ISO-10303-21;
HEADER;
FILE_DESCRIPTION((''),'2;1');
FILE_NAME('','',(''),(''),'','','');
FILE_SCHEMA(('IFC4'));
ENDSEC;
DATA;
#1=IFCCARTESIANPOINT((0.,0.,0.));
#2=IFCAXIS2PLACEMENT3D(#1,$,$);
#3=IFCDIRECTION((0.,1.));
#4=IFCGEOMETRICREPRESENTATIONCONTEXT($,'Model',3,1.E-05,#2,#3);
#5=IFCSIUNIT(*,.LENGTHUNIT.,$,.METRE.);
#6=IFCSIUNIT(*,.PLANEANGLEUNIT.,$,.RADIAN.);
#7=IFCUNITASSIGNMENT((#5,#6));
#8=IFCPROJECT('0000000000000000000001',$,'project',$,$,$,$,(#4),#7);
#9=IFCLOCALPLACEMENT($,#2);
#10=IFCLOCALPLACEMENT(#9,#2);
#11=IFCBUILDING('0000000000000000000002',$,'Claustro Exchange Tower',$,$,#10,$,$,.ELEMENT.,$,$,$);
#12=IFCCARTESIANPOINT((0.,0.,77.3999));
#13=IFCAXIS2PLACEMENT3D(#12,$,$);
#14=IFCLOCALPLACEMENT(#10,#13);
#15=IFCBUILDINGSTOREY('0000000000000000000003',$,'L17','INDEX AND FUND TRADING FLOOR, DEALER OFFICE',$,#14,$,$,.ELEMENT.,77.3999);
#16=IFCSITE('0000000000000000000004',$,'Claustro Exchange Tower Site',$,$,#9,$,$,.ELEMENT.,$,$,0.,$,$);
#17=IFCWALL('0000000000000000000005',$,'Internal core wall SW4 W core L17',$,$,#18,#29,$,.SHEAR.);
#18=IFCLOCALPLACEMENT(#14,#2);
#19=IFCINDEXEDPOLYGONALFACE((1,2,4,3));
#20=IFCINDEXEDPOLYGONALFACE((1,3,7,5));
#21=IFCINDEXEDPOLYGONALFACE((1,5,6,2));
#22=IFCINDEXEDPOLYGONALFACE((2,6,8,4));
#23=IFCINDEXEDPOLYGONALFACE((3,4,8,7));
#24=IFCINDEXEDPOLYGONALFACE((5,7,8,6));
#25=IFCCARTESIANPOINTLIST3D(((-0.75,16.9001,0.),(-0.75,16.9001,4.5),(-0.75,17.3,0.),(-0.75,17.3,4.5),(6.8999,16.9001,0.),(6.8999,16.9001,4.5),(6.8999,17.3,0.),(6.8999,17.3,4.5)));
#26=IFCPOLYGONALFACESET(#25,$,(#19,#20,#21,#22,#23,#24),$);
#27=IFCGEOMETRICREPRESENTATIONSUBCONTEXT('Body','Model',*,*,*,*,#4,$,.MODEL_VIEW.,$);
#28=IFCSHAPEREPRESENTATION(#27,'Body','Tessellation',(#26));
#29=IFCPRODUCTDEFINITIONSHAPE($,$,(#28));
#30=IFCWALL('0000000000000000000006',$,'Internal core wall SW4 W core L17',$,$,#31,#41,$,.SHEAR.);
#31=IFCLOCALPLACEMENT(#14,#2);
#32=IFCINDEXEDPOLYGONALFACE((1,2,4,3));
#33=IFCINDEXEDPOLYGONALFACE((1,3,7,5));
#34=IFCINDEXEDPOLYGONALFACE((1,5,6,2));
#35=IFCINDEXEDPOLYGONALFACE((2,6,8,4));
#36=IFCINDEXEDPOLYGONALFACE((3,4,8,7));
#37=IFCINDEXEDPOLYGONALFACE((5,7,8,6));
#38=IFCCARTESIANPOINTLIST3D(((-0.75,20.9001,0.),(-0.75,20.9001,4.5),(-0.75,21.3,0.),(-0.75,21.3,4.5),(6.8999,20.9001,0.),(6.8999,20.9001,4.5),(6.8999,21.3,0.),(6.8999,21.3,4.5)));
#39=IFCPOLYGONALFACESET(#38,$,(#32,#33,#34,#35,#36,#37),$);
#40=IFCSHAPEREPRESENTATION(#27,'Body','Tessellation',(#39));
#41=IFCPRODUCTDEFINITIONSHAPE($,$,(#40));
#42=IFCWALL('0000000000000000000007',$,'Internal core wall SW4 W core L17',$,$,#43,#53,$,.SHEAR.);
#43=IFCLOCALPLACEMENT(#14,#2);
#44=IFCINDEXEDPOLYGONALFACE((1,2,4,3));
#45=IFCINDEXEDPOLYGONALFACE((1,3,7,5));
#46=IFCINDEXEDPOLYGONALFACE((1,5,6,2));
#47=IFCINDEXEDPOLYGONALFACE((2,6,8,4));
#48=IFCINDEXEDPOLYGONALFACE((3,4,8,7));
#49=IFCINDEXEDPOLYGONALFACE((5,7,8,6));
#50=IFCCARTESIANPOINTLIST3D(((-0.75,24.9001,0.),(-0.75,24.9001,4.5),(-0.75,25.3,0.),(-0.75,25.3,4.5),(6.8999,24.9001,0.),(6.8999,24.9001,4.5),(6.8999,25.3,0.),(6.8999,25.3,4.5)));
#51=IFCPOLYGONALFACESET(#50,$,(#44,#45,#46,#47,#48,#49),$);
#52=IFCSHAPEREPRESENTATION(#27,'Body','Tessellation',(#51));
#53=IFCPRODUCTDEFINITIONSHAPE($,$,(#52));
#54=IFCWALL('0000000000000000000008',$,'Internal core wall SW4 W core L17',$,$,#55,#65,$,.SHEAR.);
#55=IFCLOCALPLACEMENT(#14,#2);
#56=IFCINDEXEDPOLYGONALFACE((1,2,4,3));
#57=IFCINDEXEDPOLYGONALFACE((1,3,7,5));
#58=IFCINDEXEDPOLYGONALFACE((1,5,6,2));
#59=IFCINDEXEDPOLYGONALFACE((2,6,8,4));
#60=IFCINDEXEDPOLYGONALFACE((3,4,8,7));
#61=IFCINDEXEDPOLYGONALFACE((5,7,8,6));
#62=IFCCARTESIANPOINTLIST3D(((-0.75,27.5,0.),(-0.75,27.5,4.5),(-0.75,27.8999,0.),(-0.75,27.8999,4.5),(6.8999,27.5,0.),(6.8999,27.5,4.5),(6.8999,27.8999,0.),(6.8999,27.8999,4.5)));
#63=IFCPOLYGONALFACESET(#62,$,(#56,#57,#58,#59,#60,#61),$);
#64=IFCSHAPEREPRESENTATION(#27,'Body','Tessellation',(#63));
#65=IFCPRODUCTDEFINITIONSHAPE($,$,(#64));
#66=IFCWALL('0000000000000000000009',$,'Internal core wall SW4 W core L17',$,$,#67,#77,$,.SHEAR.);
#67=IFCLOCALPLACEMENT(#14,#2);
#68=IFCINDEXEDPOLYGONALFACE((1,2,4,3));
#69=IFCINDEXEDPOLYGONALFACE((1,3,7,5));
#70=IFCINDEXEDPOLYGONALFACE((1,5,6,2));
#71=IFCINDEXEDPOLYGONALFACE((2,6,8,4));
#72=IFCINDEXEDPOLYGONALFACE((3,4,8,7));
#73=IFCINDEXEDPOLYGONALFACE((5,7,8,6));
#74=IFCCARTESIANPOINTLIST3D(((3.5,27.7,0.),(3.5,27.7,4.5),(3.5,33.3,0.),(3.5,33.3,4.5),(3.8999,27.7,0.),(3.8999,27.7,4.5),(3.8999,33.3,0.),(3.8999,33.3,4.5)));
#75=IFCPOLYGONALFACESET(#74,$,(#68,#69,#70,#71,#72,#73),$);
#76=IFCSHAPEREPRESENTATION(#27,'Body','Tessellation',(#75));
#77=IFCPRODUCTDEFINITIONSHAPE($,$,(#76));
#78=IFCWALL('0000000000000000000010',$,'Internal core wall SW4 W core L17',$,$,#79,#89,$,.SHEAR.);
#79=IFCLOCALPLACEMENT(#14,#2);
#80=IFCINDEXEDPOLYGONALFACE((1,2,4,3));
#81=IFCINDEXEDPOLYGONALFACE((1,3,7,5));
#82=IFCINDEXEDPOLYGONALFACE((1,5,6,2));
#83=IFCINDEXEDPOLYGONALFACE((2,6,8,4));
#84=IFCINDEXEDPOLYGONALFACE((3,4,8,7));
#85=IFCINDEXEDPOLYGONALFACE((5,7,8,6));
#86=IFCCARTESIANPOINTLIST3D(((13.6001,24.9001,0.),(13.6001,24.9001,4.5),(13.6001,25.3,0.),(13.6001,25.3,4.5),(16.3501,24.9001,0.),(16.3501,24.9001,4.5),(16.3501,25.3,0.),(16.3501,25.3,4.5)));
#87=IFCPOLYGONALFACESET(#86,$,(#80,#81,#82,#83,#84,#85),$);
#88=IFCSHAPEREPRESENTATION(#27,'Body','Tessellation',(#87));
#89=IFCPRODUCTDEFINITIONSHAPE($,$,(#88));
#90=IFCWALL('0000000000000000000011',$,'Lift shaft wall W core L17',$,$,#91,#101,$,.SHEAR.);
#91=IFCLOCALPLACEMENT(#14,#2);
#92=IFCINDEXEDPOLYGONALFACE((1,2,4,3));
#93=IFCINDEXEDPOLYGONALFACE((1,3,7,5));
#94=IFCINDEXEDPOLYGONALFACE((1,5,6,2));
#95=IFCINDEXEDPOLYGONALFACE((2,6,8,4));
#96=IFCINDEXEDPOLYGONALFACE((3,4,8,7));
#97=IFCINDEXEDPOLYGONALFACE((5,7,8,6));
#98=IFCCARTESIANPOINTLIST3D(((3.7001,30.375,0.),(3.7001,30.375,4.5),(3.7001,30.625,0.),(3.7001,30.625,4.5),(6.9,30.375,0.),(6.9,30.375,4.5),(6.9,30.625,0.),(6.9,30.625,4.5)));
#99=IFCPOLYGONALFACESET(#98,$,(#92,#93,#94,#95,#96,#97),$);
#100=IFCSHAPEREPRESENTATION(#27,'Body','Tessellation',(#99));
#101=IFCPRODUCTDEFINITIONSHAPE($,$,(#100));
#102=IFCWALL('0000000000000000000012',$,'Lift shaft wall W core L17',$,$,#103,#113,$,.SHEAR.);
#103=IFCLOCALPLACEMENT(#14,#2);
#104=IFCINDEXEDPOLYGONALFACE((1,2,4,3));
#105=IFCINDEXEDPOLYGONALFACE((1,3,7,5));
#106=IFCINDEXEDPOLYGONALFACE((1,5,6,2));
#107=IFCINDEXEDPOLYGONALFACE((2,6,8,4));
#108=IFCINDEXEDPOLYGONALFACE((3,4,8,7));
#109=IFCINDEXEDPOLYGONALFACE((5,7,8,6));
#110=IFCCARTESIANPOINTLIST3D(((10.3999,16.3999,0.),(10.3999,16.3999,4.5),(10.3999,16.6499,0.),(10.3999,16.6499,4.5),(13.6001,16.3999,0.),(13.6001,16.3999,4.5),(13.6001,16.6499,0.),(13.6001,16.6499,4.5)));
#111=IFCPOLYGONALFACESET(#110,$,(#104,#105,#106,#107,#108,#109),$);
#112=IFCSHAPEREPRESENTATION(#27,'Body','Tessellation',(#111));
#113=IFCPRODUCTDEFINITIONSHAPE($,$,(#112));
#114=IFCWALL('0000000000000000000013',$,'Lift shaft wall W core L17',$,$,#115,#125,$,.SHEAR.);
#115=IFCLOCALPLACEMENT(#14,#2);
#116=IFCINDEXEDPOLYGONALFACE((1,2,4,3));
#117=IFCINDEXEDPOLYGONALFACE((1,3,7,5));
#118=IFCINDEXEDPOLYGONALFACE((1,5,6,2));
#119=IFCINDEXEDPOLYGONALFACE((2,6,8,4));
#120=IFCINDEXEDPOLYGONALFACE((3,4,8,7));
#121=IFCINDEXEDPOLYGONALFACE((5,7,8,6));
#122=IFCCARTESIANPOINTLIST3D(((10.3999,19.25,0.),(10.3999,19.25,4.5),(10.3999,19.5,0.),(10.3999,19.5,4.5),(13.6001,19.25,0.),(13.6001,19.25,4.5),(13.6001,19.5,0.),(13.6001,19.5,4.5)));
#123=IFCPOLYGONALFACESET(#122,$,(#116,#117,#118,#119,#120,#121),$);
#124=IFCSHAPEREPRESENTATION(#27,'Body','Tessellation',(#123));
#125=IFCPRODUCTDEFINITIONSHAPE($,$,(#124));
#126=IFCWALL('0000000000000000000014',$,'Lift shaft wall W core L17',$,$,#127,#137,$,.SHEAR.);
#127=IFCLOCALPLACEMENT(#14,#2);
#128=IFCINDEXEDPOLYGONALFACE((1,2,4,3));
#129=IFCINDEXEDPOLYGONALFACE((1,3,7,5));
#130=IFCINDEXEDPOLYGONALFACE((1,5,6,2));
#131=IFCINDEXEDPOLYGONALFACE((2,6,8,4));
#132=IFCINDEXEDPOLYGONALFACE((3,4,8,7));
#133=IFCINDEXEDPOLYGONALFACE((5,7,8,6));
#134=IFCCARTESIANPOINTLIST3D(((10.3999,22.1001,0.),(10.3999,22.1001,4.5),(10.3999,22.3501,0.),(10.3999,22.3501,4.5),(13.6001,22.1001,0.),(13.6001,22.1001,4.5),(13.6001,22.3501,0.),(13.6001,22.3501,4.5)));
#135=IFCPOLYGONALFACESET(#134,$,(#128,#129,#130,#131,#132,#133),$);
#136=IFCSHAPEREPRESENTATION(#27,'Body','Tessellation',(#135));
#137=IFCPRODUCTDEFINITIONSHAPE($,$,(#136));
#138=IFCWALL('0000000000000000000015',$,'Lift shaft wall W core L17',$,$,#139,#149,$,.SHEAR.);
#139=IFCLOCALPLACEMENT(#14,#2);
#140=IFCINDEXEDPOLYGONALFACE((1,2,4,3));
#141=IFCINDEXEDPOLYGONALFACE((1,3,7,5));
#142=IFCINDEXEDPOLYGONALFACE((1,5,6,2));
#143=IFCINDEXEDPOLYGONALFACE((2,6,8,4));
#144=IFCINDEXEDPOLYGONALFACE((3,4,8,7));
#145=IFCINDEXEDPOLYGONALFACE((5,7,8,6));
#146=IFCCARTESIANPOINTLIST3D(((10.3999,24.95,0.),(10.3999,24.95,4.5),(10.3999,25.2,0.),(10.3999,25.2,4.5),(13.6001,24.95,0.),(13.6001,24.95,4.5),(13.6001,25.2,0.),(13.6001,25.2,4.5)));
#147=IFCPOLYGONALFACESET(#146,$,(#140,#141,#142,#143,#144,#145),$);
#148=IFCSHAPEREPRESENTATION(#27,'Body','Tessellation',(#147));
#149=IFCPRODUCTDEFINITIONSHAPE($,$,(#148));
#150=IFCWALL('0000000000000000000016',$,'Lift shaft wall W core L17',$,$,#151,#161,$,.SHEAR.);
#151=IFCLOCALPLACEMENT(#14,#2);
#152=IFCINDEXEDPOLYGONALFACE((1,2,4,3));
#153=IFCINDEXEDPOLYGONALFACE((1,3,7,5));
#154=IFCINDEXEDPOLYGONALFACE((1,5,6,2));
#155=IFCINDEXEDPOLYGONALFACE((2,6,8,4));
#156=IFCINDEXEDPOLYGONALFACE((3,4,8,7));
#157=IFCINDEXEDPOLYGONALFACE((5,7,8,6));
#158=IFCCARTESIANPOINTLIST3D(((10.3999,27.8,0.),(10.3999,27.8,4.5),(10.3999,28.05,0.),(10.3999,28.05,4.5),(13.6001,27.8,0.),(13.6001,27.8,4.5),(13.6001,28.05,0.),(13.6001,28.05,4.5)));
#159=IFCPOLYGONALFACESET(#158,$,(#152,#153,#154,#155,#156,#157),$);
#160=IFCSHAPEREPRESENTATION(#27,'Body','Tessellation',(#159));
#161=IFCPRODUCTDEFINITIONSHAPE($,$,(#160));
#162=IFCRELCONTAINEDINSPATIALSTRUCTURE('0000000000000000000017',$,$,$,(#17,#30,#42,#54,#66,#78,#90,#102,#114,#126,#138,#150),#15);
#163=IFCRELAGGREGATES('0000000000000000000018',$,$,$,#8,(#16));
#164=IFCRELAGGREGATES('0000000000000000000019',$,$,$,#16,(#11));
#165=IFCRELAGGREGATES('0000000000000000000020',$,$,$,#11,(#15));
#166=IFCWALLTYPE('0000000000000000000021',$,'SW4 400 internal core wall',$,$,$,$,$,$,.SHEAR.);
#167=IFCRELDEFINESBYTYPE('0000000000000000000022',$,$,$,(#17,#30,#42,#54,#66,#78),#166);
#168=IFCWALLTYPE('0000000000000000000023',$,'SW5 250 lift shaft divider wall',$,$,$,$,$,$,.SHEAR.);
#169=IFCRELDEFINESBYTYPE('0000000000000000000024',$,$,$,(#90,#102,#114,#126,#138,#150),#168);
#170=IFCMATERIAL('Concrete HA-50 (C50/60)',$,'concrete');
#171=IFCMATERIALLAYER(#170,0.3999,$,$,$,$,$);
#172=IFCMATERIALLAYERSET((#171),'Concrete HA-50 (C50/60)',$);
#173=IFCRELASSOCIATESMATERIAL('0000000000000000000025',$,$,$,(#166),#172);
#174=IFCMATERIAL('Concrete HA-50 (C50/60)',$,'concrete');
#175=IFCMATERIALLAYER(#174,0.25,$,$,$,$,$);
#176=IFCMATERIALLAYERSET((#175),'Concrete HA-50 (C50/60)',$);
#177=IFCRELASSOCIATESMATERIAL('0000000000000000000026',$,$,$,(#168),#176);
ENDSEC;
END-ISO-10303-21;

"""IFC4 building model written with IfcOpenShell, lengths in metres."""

from ifc_helpers import new_model, si_unit, direction, frame, frame_2d, origin, place, context, subcontext, project, spatial, rectangle, extrude, material, layer, layer_set, type_object, element, save


model = new_model("IFC4")

# Units and contexts
model_context = context("Model", 3, precision=1e-05, world=origin(), true_north=direction((0.0, 1.0)))
body_context = subcontext(model_context, "Body", "Model", "MODEL_VIEW")
ifc_project = project(units=[si_unit("LENGTHUNIT", "METRE"), si_unit("PLANEANGLEUNIT", "RADIAN")], contexts=[model_context])

# Site, building, storey
site_placement = place(None, origin())
site = spatial("IfcSite", under=ifc_project, at=site_placement, Name="Claustro Exchange Tower Site", CompositionType="ELEMENT", RefElevation=0.0)
building_placement = place(site_placement, origin())
building = spatial("IfcBuilding", under=site, at=building_placement, Name="Claustro Exchange Tower", CompositionType="ELEMENT")
storey_placement = place(building_placement, frame((0.0, 0.0, 77.3999)))
storey = spatial("IfcBuildingStorey", under=building, at=storey_placement, Name="L17", Description="INDEX AND FUND TRADING FLOOR, DEALER OFFICE", CompositionType="ELEMENT", Elevation=77.3999)

# Walls
ifc_material_1 = material(Name="Concrete HA-50 (C50/60)", Category="concrete")
ifc_layer_1 = layer(ifc_material_1, 0.3999)
ifc_layer_set_1 = layer_set([ifc_layer_1], Name="Concrete HA-50 (C50/60)")
wall_type_1 = type_object("IfcWallType", Name="SW4 400 internal core wall", PredefinedType="SHEAR", material=ifc_layer_set_1)
for number, where, z_axis, x_axis, name in (
    (1, (-0.75, 17.1001, 0.0), (0.0, 0.0, 1.0), (1.0, 0.0, 0.0), "Internal core wall SW4 W core L17"),
    (2, (-0.75, 21.1001, 0.0), (0.0, 0.0, 1.0), (1.0, 0.0, 0.0), "Internal core wall SW4 W core L17"),
    (3, (-0.75, 25.1001, 0.0), (0.0, 0.0, 1.0), (1.0, 0.0, 0.0), "Internal core wall SW4 W core L17"),
    (4, (-0.75, 27.7, 0.0), (0.0, 0.0, 1.0), (1.0, 0.0, 0.0), "Internal core wall SW4 W core L17"),
):
    element("IfcWall", number, at=place(storey_placement, frame(where, z_axis=z_axis, x_axis=x_axis)), inside=storey, type_object=wall_type_1, Name=name, PredefinedType="SHEAR", context=body_context, shape_type="SweptSolid", body=[
        extrude(rectangle(XDim=7.6499, YDim=0.3999, at=frame_2d((3.825, 0.0))), origin(), (0.0, 0.0, 1.0), 4.5),
    ])
wall_1_placement = place(storey_placement, frame((3.7, 27.7, 0.0), z_axis=(0.0, 0.0, 1.0), x_axis=(0.0, 1.0, 0.0)))
element("IfcWall", 5, at=wall_1_placement, inside=storey, type_object=wall_type_1, Name="Internal core wall SW4 W core L17", PredefinedType="SHEAR", context=body_context, shape_type="SweptSolid", body=[
    extrude(rectangle(XDim=5.6001, YDim=0.3999, at=frame_2d((2.8, 0.0))), origin(), (0.0, 0.0, 1.0), 4.5),
])
wall_2_placement = place(storey_placement, frame((13.6001, 25.1001, 0.0), z_axis=(0.0, 0.0, 1.0), x_axis=(1.0, 0.0, 0.0)))
element("IfcWall", 6, at=wall_2_placement, inside=storey, type_object=wall_type_1, Name="Internal core wall SW4 W core L17", PredefinedType="SHEAR", context=body_context, shape_type="SweptSolid", body=[
    extrude(rectangle(XDim=2.75, YDim=0.3999, at=frame_2d((1.375, 0.0))), origin(), (0.0, 0.0, 1.0), 4.5),
])
ifc_material_2 = material(Name="Concrete HA-50 (C50/60)", Category="concrete")
ifc_layer_2 = layer(ifc_material_2, 0.25)
ifc_layer_set_2 = layer_set([ifc_layer_2], Name="Concrete HA-50 (C50/60)")
wall_type_2 = type_object("IfcWallType", Name="SW5 250 lift shaft divider wall", PredefinedType="SHEAR", material=ifc_layer_set_2)
wall_3_placement = place(storey_placement, frame((3.7, 30.5, 0.0), z_axis=(0.0, 0.0, 1.0), x_axis=(1.0, 0.0, 0.0)))
element("IfcWall", 7, at=wall_3_placement, inside=storey, type_object=wall_type_2, Name="Lift shaft wall W core L17", PredefinedType="SHEAR", context=body_context, shape_type="SweptSolid", body=[
    extrude(rectangle(XDim=3.2, YDim=0.25, at=frame_2d((1.6001, 0.0))), origin(), (0.0, 0.0, 1.0), 4.5),
])
for number, where, z_axis, x_axis, name in (
    (8, (10.3999, 16.5249, 0.0), (0.0, 0.0, 1.0), (1.0, 0.0, 0.0), "Lift shaft wall W core L17"),
    (9, (10.3999, 19.375, 0.0), (0.0, 0.0, 1.0), (1.0, 0.0, 0.0), "Lift shaft wall W core L17"),
    (10, (10.3999, 22.2251, 0.0), (0.0, 0.0, 1.0), (1.0, 0.0, 0.0), "Lift shaft wall W core L17"),
    (11, (10.3999, 25.075, 0.0), (0.0, 0.0, 1.0), (1.0, 0.0, 0.0), "Lift shaft wall W core L17"),
    (12, (10.3999, 27.925, 0.0), (0.0, 0.0, 1.0), (1.0, 0.0, 0.0), "Lift shaft wall W core L17"),
):
    element("IfcWall", number, at=place(storey_placement, frame(where, z_axis=z_axis, x_axis=x_axis)), inside=storey, type_object=wall_type_2, Name=name, PredefinedType="SHEAR", context=body_context, shape_type="SweptSolid", body=[
        extrude(rectangle(XDim=3.2002, YDim=0.25, at=frame_2d((1.6001, 0.0))), origin(), (0.0, 0.0, 1.0), 4.5),
    ])

save(model, "model.ifc")
